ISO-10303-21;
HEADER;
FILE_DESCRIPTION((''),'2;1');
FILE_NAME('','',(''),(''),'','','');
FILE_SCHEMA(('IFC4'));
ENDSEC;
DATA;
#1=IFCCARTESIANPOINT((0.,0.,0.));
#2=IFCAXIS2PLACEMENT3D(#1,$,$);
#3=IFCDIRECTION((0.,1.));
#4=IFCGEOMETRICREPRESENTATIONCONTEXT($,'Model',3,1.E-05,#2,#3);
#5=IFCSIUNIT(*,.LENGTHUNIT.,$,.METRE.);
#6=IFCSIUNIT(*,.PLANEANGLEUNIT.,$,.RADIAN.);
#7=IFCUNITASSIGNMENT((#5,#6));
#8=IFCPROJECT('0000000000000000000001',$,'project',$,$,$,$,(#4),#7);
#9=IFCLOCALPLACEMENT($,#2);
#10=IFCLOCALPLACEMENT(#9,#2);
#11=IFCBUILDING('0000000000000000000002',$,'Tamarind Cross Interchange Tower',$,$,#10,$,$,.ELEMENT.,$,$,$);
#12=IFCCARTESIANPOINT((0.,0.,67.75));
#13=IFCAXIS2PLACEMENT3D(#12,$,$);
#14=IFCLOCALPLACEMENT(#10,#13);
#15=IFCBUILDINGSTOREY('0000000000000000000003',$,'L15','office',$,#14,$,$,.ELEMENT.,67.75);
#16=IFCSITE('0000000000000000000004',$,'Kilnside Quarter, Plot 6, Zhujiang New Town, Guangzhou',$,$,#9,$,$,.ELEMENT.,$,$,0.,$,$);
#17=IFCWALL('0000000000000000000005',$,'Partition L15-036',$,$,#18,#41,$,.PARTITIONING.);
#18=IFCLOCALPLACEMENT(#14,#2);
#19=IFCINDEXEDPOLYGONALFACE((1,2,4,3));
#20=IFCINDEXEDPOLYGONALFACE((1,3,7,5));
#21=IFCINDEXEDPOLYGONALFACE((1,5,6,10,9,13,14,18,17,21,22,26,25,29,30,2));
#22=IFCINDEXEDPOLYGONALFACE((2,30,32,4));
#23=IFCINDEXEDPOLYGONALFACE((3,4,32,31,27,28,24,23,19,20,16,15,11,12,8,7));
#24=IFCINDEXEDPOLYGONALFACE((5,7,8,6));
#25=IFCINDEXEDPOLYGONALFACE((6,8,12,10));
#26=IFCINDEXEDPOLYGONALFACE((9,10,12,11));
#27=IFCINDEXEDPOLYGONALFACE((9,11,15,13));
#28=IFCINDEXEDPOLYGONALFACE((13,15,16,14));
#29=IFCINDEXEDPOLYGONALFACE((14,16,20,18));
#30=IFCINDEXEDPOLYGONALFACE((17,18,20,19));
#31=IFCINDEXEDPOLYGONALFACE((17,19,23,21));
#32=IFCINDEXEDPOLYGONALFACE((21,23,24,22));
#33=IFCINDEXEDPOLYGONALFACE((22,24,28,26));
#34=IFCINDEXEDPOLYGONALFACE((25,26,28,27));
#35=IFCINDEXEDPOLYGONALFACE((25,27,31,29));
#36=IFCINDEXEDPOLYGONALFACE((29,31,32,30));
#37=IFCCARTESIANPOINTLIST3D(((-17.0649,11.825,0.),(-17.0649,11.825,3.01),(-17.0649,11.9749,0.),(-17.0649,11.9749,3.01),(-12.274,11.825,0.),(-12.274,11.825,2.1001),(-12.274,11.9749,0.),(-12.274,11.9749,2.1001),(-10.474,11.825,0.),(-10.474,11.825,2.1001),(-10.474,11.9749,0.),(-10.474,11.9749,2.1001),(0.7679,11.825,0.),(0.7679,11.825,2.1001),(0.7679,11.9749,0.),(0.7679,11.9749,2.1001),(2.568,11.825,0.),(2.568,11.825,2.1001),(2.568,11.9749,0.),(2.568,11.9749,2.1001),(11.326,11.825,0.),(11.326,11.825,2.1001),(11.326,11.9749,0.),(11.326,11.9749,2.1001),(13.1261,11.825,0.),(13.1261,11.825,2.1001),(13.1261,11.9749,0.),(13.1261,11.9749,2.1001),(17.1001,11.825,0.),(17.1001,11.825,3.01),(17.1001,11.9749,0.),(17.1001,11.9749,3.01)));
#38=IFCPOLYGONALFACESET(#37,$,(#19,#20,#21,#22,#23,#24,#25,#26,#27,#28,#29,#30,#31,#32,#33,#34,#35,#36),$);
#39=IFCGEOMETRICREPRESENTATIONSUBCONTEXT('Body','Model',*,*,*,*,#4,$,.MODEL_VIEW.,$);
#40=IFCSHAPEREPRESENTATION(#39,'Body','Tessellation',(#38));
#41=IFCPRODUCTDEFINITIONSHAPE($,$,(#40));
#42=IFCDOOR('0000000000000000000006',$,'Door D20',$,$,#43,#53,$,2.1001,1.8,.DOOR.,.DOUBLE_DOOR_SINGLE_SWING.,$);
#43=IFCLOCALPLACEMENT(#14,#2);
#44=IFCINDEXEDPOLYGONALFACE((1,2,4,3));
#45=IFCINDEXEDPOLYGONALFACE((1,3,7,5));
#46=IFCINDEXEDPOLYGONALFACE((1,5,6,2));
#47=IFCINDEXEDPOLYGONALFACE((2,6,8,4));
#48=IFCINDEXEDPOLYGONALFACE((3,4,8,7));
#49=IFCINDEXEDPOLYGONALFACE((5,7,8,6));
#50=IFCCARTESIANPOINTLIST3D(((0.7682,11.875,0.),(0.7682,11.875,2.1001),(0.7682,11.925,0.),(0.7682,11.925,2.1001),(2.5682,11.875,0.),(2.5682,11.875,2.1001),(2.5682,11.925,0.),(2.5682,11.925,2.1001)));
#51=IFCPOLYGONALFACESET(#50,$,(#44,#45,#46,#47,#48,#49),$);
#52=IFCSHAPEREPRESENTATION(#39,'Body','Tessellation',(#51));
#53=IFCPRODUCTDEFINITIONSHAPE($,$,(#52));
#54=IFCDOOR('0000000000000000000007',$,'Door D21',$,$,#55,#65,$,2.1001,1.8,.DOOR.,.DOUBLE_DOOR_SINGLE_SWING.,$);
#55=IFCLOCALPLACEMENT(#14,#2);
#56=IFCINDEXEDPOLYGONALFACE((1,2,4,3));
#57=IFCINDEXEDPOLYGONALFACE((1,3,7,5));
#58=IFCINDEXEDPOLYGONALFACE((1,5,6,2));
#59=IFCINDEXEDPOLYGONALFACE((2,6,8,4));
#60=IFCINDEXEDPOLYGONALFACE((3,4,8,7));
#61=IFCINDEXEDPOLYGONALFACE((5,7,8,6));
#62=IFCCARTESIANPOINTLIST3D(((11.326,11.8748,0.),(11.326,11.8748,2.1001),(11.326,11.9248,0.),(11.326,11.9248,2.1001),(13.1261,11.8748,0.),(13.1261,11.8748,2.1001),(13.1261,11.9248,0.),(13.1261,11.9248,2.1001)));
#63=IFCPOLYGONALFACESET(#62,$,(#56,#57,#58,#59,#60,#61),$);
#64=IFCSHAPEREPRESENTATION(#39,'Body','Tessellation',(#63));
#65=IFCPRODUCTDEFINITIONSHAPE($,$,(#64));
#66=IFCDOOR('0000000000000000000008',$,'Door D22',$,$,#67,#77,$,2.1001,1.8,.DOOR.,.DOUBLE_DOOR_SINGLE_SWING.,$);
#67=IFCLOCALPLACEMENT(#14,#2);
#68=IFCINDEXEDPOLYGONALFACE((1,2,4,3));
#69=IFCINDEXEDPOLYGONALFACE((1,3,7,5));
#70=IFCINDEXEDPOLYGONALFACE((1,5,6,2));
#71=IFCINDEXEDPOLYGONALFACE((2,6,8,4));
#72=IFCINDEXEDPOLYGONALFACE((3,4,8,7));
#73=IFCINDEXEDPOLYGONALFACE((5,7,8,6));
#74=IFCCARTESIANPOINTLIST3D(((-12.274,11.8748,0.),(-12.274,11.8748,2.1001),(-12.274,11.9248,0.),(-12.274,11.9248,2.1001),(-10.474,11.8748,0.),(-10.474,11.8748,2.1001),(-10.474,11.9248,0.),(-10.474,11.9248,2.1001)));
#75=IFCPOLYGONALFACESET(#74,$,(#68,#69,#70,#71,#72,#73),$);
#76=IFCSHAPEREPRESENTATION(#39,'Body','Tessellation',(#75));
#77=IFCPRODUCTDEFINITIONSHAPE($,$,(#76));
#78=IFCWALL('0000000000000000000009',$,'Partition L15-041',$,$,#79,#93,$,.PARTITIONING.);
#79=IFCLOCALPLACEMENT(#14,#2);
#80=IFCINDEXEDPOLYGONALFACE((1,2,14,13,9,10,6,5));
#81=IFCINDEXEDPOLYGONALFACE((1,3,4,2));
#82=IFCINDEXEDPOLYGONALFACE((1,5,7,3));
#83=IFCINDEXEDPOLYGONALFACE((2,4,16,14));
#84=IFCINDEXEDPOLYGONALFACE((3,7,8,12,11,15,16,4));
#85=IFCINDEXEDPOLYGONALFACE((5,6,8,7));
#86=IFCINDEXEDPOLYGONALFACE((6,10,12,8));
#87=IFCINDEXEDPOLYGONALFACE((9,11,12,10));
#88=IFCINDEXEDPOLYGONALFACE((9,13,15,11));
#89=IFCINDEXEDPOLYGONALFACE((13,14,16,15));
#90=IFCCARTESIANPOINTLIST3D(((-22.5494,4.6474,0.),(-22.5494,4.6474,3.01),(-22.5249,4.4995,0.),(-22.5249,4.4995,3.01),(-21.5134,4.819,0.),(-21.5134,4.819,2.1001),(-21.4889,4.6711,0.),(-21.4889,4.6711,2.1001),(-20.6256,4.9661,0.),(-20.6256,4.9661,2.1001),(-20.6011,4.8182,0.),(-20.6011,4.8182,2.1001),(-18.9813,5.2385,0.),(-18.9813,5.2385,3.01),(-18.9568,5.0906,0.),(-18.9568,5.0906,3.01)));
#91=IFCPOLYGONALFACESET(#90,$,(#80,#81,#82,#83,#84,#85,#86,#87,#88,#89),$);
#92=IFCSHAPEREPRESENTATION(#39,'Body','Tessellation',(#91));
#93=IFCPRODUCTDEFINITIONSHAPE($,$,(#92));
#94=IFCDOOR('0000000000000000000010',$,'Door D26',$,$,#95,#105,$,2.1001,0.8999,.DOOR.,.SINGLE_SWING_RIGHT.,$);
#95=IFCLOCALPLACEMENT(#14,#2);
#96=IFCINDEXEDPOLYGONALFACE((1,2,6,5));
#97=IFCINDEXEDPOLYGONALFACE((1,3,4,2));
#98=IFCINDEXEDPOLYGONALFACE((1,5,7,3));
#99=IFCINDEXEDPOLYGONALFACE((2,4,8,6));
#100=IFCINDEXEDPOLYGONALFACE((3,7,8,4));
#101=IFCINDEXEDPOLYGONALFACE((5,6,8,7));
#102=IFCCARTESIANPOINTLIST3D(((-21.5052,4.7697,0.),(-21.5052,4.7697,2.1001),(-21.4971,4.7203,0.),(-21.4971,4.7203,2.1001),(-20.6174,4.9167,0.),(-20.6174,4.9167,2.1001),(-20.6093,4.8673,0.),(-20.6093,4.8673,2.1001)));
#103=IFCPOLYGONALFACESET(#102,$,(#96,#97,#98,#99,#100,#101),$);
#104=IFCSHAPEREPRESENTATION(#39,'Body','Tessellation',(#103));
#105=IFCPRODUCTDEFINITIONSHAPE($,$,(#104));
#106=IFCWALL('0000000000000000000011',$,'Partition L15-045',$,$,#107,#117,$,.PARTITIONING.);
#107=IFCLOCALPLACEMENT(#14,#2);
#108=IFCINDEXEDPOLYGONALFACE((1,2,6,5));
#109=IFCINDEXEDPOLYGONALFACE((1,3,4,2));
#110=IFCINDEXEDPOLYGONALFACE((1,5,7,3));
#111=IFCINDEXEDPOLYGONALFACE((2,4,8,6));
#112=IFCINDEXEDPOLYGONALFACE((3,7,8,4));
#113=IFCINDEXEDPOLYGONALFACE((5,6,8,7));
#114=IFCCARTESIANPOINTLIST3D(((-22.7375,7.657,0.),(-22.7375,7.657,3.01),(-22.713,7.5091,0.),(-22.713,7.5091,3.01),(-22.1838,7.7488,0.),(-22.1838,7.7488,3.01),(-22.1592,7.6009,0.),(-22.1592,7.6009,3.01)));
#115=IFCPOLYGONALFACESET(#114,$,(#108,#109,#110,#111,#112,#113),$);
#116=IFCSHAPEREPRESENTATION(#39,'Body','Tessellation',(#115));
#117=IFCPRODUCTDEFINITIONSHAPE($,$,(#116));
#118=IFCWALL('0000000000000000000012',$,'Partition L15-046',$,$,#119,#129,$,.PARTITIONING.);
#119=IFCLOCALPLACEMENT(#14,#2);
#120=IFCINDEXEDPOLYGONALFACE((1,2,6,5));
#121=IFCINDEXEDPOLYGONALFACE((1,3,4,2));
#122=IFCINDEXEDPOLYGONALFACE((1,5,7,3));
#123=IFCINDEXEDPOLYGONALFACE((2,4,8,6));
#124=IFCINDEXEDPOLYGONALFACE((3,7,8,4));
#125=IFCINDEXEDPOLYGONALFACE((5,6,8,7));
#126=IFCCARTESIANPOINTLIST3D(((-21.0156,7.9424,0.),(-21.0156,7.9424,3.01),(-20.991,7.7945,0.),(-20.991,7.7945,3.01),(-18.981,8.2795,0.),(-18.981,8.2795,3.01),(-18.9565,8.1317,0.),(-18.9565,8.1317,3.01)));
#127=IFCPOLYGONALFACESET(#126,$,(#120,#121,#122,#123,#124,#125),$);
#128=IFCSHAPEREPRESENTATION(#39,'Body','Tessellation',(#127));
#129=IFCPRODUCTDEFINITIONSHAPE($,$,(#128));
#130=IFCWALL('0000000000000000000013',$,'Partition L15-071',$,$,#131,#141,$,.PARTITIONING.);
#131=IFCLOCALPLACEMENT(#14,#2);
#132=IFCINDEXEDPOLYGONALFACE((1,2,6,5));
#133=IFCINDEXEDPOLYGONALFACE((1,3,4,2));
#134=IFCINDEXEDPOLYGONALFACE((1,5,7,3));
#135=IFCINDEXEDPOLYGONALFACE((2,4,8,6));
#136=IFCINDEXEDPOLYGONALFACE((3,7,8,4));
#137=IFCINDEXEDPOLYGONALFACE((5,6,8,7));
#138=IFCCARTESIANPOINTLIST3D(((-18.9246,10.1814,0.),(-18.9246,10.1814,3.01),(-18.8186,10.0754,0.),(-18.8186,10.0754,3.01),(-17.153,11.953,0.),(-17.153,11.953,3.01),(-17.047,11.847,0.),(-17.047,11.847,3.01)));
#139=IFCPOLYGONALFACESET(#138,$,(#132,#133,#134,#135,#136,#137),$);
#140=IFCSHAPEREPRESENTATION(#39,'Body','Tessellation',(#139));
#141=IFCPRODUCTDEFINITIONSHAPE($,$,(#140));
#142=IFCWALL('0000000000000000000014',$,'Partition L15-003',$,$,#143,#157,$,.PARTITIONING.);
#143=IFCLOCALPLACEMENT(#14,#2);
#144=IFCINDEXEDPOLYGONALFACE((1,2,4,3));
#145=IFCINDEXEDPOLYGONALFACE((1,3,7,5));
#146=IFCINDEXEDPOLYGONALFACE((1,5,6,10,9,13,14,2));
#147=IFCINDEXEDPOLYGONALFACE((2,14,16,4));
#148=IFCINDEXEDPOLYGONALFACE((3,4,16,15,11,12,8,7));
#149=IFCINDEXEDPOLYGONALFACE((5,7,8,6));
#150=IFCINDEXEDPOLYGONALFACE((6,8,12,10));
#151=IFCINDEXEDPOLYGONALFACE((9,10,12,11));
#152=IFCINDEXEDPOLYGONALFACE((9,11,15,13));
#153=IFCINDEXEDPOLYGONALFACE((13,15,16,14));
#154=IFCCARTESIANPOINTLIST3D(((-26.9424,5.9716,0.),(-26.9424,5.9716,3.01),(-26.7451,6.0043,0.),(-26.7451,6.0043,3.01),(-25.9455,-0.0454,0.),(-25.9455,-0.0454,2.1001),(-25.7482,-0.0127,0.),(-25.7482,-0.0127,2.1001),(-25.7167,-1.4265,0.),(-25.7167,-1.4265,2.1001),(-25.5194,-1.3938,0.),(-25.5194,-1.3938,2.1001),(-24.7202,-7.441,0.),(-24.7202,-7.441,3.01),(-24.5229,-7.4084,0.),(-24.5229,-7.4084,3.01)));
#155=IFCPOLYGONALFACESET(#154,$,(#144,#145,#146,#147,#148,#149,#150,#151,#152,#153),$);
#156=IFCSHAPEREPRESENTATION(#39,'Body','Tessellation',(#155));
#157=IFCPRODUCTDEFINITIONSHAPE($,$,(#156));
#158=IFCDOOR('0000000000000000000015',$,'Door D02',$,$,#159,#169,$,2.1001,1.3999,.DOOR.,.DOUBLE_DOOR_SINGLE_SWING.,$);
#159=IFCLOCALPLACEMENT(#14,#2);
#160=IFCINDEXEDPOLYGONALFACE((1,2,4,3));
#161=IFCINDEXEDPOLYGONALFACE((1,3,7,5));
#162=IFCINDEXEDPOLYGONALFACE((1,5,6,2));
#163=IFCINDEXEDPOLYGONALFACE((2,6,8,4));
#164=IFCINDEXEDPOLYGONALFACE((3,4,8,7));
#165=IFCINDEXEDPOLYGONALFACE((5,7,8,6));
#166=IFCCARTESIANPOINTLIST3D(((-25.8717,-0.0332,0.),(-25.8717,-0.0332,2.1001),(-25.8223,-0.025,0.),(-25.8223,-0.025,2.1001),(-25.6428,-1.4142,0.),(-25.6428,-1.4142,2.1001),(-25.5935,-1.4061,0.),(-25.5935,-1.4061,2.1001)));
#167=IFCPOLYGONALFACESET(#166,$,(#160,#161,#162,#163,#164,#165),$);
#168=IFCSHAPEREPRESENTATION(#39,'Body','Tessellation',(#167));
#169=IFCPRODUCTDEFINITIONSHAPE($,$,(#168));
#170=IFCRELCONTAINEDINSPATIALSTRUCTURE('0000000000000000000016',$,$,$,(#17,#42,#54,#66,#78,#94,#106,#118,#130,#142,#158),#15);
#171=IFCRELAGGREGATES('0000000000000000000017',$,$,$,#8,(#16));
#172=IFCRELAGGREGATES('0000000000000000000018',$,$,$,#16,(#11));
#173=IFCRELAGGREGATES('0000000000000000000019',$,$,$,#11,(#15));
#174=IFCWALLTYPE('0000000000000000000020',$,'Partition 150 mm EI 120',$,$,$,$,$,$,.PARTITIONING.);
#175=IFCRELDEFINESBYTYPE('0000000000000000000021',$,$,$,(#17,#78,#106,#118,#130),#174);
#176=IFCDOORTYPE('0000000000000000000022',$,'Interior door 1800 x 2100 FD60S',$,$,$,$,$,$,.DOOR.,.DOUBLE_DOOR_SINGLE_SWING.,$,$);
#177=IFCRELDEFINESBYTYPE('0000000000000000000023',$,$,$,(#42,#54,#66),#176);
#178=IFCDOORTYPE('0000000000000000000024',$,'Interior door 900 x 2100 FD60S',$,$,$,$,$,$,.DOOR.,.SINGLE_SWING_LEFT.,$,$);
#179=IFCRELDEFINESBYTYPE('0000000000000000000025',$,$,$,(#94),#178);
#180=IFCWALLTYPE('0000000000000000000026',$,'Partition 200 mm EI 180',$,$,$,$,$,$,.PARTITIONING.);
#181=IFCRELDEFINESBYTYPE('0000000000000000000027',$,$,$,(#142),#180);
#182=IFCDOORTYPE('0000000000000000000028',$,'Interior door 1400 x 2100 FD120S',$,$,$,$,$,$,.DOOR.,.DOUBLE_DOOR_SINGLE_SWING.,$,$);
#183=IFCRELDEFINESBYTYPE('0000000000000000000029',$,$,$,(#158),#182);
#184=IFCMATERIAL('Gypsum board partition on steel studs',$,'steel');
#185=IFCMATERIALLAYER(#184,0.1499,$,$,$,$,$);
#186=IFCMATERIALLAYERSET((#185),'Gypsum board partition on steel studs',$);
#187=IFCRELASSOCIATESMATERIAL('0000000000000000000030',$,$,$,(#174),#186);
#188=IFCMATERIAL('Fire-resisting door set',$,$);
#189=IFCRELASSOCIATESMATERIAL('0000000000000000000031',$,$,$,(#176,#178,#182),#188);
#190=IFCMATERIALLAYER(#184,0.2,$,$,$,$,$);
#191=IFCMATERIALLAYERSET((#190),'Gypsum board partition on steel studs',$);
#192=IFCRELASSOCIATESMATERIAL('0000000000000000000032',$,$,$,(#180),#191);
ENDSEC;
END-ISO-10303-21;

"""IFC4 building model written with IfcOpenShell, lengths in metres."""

from ifc_helpers import new_model, si_unit, direction, frame, frame_2d, origin, place, context, subcontext, project, spatial, rectangle, extrude, material, layer, layer_set, type_object, element, fill, save


model = new_model("IFC4")

# Units and contexts
model_context = context("Model", 3, precision=1e-05, world=origin(), true_north=direction((0.0, 1.0)))
body_context = subcontext(model_context, "Body", "Model", "MODEL_VIEW")
ifc_project = project(units=[si_unit("LENGTHUNIT", "METRE"), si_unit("PLANEANGLEUNIT", "RADIAN")], contexts=[model_context])

# Site, building, storey
site_placement = place(None, origin())
site = spatial("IfcSite", under=ifc_project, at=site_placement, Name="Kilnside Quarter, Plot 6, Zhujiang New Town, Guangzhou", CompositionType="ELEMENT", RefElevation=0.0)
building_placement = place(site_placement, origin())
building = spatial("IfcBuilding", under=site, at=building_placement, Name="Tamarind Cross Interchange Tower", CompositionType="ELEMENT")
storey_placement = place(building_placement, frame((0.0, 0.0, 67.75)))
storey = spatial("IfcBuildingStorey", under=building, at=storey_placement, Name="L15", Description="office", CompositionType="ELEMENT", Elevation=67.75)

# Shared definitions
ifc_material_1 = material(Name="Gypsum board partition on steel studs", Category="steel")

# Wall, openings, doors
ifc_layer_1 = layer(ifc_material_1, 0.1499)
ifc_layer_set_1 = layer_set([ifc_layer_1], Name="Gypsum board partition on steel studs")
wall_type_1 = type_object("IfcWallType", Name="Partition 150 mm EI 120", PredefinedType="PARTITIONING", material=ifc_layer_set_1)
wall_1_placement = place(storey_placement, frame((-17.0649, 11.8999, 0.0), z_axis=(0.0, 0.0, 1.0), x_axis=(1.0, 0.0, 0.0)))
wall_1 = element("IfcWall", 1, at=wall_1_placement, inside=storey, type_object=wall_type_1, Name="Partition L15-036", PredefinedType="PARTITIONING", context=body_context, shape_type="SweptSolid", body=[
    extrude(rectangle(XDim=34.165, YDim=0.1499, at=frame_2d((17.0825, 0.0))), origin(), (0.0, 0.0, 1.0), 3.01),
])
opening_1_placement = place(wall_1_placement, frame((17.833, 0.0, 0.0)))
opening_1 = element("IfcOpeningElement", 2, at=opening_1_placement, cuts=wall_1, PredefinedType="OPENING", context=body_context, shape_type="SweptSolid", body=[
    extrude(rectangle(XDim=1.8, YDim=2.1001, at=frame_2d((0.8999, 1.05))), frame((0.0, 0.085, 0.0), z_axis=(0.0, -1.0, 0.0), x_axis=(1.0, 0.0, 0.0)), (0.0, 0.0, 1.0), 0.1699),
])
opening_2_placement = place(wall_1_placement, frame((28.3911, 0.0, 0.0)))
opening_2 = element("IfcOpeningElement", 3, at=opening_2_placement, cuts=wall_1, PredefinedType="OPENING", context=body_context, shape_type="SweptSolid", body=[
    extrude(rectangle(XDim=1.8, YDim=2.1001, at=frame_2d((0.8999, 1.05))), frame((0.0, 0.085, 0.0), z_axis=(0.0, -1.0, 0.0), x_axis=(1.0, 0.0, 0.0)), (0.0, 0.0, 1.0), 0.1699),
])
opening_3_placement = place(wall_1_placement, frame((4.791, 0.0, 0.0)))
opening_3 = element("IfcOpeningElement", 4, at=opening_3_placement, cuts=wall_1, PredefinedType="OPENING", context=body_context, shape_type="SweptSolid", body=[
    extrude(rectangle(XDim=1.8, YDim=2.1001, at=frame_2d((0.8999, 1.05))), frame((0.0, 0.085, 0.0), z_axis=(0.0, -1.0, 0.0), x_axis=(1.0, 0.0, 0.0)), (0.0, 0.0, 1.0), 0.1699),
])
ifc_material_2 = material(Name="Fire-resisting door set")
door_type_1 = type_object("IfcDoorType", Name="Interior door 1800 x 2100 FD60S", OperationType="DOUBLE_DOOR_SINGLE_SWING", PredefinedType="DOOR", material=ifc_material_2)
door_1_placement = place(opening_1_placement, frame((1.8, 0.0, 0.0), z_axis=(0.0, 0.0, 1.0), x_axis=(-1.0, 0.0, 0.0)))
door_1 = element("IfcDoor", 5, at=door_1_placement, inside=storey, type_object=door_type_1, Name="Door D20", OperationType="DOUBLE_DOOR_SINGLE_SWING", OverallHeight=2.1001, OverallWidth=1.8, PredefinedType="DOOR", context=body_context, shape_type="SweptSolid", body=[
    extrude(rectangle(XDim=1.8, YDim=2.1001, at=frame_2d((0.8999, 1.05))), frame((0.0, 0.0249, 0.0), z_axis=(0.0, -1.0, 0.0), x_axis=(1.0, 0.0, 0.0)), (0.0, 0.0, 1.0), 0.05),
])
fill(opening_1, door_1)
door_2_placement = place(opening_2_placement, origin())
door_2 = element("IfcDoor", 6, at=door_2_placement, inside=storey, type_object=door_type_1, Name="Door D21", OperationType="DOUBLE_DOOR_SINGLE_SWING", OverallHeight=2.1001, OverallWidth=1.8, PredefinedType="DOOR", context=body_context, shape_type="SweptSolid", body=[
    extrude(rectangle(XDim=1.8, YDim=2.1001, at=frame_2d((0.8999, 1.05))), frame((0.0, 0.0249, 0.0), z_axis=(0.0, -1.0, 0.0), x_axis=(1.0, 0.0, 0.0)), (0.0, 0.0, 1.0), 0.05),
])
fill(opening_2, door_2)
door_3_placement = place(opening_3_placement, origin())
door_3 = element("IfcDoor", 7, at=door_3_placement, inside=storey, type_object=door_type_1, Name="Door D22", OperationType="DOUBLE_DOOR_SINGLE_SWING", OverallHeight=2.1001, OverallWidth=1.8, PredefinedType="DOOR", context=body_context, shape_type="SweptSolid", body=[
    extrude(rectangle(XDim=1.8, YDim=2.1001, at=frame_2d((0.8999, 1.05))), frame((0.0, 0.0249, 0.0), z_axis=(0.0, -1.0, 0.0), x_axis=(1.0, 0.0, 0.0)), (0.0, 0.0, 1.0), 0.05),
])
fill(opening_3, door_3)

# Wall, opening, door
wall_2_placement = place(storey_placement, frame((-22.5371, 4.5735, 0.0), z_axis=(0.0, 0.0, 1.0), x_axis=(0.986556, 0.163425, 0.0)))
wall_2 = element("IfcWall", 8, at=wall_2_placement, inside=storey, type_object=wall_type_1, Name="Partition L15-041", PredefinedType="PARTITIONING", context=body_context, shape_type="SweptSolid", body=[
    extrude(rectangle(XDim=3.6167, YDim=0.1499, at=frame_2d((1.8083, 0.0))), origin(), (0.0, 0.0, 1.0), 3.01),
])
opening_4_placement = place(wall_2_placement, frame((1.05, 0.0, 0.0)))
opening_4 = element("IfcOpeningElement", 9, at=opening_4_placement, cuts=wall_2, PredefinedType="OPENING", context=body_context, shape_type="SweptSolid", body=[
    extrude(rectangle(XDim=0.8999, YDim=2.1001, at=frame_2d((0.45, 1.05))), frame((0.0, 0.085, 0.0), z_axis=(0.0, -1.0, 0.0), x_axis=(1.0, 0.0, 0.0)), (0.0, 0.0, 1.0), 0.1699),
])
door_type_2 = type_object("IfcDoorType", Name="Interior door 900 x 2100 FD60S", OperationType="SINGLE_SWING_LEFT", PredefinedType="DOOR", material=ifc_material_2)
door_4_placement = place(opening_4_placement, origin())
door_4 = element("IfcDoor", 10, at=door_4_placement, inside=storey, type_object=door_type_2, Name="Door D26", OperationType="SINGLE_SWING_RIGHT", OverallHeight=2.1001, OverallWidth=0.8999, PredefinedType="DOOR", context=body_context, shape_type="SweptSolid", body=[
    extrude(rectangle(XDim=0.8999, YDim=2.1001, at=frame_2d((0.45, 1.05))), frame((0.0, 0.0249, 0.0), z_axis=(0.0, -1.0, 0.0), x_axis=(1.0, 0.0, 0.0)), (0.0, 0.0, 1.0), 0.05),
])
fill(opening_4, door_4)

# Walls
wall_3_placement = place(storey_placement, frame((-22.7253, 7.583, 0.0), z_axis=(0.0, 0.0, 1.0), x_axis=(0.986535, 0.163552, 0.0)))
element("IfcWall", 11, at=wall_3_placement, inside=storey, type_object=wall_type_1, Name="Partition L15-045", PredefinedType="PARTITIONING", context=body_context, shape_type="SweptSolid", body=[
    extrude(rectangle(XDim=0.5613, YDim=0.1499, at=frame_2d((0.2808, 0.0))), origin(), (0.0, 0.0, 1.0), 3.01),
])
wall_4_placement = place(storey_placement, frame((-21.0034, 7.8684, 0.0), z_axis=(0.0, 0.0, 1.0), x_axis=(0.986544, 0.163497, 0.0)))
element("IfcWall", 12, at=wall_4_placement, inside=storey, type_object=wall_type_1, Name="Partition L15-046", PredefinedType="PARTITIONING", context=body_context, shape_type="SweptSolid", body=[
    extrude(rectangle(XDim=2.0623, YDim=0.1499, at=frame_2d((1.0312, 0.0))), origin(), (0.0, 0.0, 1.0), 3.01),
])
wall_5_placement = place(storey_placement, frame((-18.8716, 10.1284, 0.0), z_axis=(0.0, 0.0, 1.0), x_axis=(0.707107, 0.707107, 0.0)))
element("IfcWall", 13, at=wall_5_placement, inside=storey, type_object=wall_type_1, Name="Partition L15-071", PredefinedType="PARTITIONING", context=body_context, shape_type="SweptSolid", body=[
    extrude(rectangle(XDim=2.5054, YDim=0.1499, at=frame_2d((1.2527, 0.0))), origin(), (0.0, 0.0, 1.0), 3.01),
])

# Wall, opening, door
ifc_layer_2 = layer(ifc_material_1, 0.2)
ifc_layer_set_2 = layer_set([ifc_layer_2], Name="Gypsum board partition on steel studs")
wall_type_2 = type_object("IfcWallType", Name="Partition 200 mm EI 180", PredefinedType="PARTITIONING", material=ifc_layer_set_2)
wall_6_placement = place(storey_placement, frame((-26.8438, 5.988, 0.0), z_axis=(0.0, 0.0, 1.0), x_axis=(0.16345, -0.986552, 0.0)))
wall_6 = element("IfcWall", 14, at=wall_6_placement, inside=storey, type_object=wall_type_2, Name="Partition L15-003", PredefinedType="PARTITIONING", context=body_context, shape_type="SweptSolid", body=[
    extrude(rectangle(XDim=13.5955, YDim=0.2, at=frame_2d((6.7979, 0.0))), origin(), (0.0, 0.0, 1.0), 3.01),
])
opening_5_placement = place(wall_6_placement, frame((6.0991, 0.0, 0.0)))
opening_5 = element("IfcOpeningElement", 15, at=opening_5_placement, cuts=wall_6, PredefinedType="OPENING", context=body_context, shape_type="SweptSolid", body=[
    extrude(rectangle(XDim=1.3999, YDim=2.1001, at=frame_2d((0.7, 1.05))), frame((0.0, 0.1099, 0.0), z_axis=(0.0, -1.0, 0.0), x_axis=(1.0, 0.0, 0.0)), (0.0, 0.0, 1.0), 0.22),
])
door_type_3 = type_object("IfcDoorType", Name="Interior door 1400 x 2100 FD120S", OperationType="DOUBLE_DOOR_SINGLE_SWING", PredefinedType="DOOR", material=ifc_material_2)
door_5_placement = place(opening_5_placement, origin())
door_5 = element("IfcDoor", 16, at=door_5_placement, inside=storey, type_object=door_type_3, Name="Door D02", OperationType="DOUBLE_DOOR_SINGLE_SWING", OverallHeight=2.1001, OverallWidth=1.3999, PredefinedType="DOOR", context=body_context, shape_type="SweptSolid", body=[
    extrude(rectangle(XDim=1.3999, YDim=2.1001, at=frame_2d((0.7, 1.05))), frame((0.0, 0.0249, 0.0), z_axis=(0.0, -1.0, 0.0), x_axis=(1.0, 0.0, 0.0)), (0.0, 0.0, 1.0), 0.05),
])
fill(opening_5, door_5)

save(model, "model.ifc")
